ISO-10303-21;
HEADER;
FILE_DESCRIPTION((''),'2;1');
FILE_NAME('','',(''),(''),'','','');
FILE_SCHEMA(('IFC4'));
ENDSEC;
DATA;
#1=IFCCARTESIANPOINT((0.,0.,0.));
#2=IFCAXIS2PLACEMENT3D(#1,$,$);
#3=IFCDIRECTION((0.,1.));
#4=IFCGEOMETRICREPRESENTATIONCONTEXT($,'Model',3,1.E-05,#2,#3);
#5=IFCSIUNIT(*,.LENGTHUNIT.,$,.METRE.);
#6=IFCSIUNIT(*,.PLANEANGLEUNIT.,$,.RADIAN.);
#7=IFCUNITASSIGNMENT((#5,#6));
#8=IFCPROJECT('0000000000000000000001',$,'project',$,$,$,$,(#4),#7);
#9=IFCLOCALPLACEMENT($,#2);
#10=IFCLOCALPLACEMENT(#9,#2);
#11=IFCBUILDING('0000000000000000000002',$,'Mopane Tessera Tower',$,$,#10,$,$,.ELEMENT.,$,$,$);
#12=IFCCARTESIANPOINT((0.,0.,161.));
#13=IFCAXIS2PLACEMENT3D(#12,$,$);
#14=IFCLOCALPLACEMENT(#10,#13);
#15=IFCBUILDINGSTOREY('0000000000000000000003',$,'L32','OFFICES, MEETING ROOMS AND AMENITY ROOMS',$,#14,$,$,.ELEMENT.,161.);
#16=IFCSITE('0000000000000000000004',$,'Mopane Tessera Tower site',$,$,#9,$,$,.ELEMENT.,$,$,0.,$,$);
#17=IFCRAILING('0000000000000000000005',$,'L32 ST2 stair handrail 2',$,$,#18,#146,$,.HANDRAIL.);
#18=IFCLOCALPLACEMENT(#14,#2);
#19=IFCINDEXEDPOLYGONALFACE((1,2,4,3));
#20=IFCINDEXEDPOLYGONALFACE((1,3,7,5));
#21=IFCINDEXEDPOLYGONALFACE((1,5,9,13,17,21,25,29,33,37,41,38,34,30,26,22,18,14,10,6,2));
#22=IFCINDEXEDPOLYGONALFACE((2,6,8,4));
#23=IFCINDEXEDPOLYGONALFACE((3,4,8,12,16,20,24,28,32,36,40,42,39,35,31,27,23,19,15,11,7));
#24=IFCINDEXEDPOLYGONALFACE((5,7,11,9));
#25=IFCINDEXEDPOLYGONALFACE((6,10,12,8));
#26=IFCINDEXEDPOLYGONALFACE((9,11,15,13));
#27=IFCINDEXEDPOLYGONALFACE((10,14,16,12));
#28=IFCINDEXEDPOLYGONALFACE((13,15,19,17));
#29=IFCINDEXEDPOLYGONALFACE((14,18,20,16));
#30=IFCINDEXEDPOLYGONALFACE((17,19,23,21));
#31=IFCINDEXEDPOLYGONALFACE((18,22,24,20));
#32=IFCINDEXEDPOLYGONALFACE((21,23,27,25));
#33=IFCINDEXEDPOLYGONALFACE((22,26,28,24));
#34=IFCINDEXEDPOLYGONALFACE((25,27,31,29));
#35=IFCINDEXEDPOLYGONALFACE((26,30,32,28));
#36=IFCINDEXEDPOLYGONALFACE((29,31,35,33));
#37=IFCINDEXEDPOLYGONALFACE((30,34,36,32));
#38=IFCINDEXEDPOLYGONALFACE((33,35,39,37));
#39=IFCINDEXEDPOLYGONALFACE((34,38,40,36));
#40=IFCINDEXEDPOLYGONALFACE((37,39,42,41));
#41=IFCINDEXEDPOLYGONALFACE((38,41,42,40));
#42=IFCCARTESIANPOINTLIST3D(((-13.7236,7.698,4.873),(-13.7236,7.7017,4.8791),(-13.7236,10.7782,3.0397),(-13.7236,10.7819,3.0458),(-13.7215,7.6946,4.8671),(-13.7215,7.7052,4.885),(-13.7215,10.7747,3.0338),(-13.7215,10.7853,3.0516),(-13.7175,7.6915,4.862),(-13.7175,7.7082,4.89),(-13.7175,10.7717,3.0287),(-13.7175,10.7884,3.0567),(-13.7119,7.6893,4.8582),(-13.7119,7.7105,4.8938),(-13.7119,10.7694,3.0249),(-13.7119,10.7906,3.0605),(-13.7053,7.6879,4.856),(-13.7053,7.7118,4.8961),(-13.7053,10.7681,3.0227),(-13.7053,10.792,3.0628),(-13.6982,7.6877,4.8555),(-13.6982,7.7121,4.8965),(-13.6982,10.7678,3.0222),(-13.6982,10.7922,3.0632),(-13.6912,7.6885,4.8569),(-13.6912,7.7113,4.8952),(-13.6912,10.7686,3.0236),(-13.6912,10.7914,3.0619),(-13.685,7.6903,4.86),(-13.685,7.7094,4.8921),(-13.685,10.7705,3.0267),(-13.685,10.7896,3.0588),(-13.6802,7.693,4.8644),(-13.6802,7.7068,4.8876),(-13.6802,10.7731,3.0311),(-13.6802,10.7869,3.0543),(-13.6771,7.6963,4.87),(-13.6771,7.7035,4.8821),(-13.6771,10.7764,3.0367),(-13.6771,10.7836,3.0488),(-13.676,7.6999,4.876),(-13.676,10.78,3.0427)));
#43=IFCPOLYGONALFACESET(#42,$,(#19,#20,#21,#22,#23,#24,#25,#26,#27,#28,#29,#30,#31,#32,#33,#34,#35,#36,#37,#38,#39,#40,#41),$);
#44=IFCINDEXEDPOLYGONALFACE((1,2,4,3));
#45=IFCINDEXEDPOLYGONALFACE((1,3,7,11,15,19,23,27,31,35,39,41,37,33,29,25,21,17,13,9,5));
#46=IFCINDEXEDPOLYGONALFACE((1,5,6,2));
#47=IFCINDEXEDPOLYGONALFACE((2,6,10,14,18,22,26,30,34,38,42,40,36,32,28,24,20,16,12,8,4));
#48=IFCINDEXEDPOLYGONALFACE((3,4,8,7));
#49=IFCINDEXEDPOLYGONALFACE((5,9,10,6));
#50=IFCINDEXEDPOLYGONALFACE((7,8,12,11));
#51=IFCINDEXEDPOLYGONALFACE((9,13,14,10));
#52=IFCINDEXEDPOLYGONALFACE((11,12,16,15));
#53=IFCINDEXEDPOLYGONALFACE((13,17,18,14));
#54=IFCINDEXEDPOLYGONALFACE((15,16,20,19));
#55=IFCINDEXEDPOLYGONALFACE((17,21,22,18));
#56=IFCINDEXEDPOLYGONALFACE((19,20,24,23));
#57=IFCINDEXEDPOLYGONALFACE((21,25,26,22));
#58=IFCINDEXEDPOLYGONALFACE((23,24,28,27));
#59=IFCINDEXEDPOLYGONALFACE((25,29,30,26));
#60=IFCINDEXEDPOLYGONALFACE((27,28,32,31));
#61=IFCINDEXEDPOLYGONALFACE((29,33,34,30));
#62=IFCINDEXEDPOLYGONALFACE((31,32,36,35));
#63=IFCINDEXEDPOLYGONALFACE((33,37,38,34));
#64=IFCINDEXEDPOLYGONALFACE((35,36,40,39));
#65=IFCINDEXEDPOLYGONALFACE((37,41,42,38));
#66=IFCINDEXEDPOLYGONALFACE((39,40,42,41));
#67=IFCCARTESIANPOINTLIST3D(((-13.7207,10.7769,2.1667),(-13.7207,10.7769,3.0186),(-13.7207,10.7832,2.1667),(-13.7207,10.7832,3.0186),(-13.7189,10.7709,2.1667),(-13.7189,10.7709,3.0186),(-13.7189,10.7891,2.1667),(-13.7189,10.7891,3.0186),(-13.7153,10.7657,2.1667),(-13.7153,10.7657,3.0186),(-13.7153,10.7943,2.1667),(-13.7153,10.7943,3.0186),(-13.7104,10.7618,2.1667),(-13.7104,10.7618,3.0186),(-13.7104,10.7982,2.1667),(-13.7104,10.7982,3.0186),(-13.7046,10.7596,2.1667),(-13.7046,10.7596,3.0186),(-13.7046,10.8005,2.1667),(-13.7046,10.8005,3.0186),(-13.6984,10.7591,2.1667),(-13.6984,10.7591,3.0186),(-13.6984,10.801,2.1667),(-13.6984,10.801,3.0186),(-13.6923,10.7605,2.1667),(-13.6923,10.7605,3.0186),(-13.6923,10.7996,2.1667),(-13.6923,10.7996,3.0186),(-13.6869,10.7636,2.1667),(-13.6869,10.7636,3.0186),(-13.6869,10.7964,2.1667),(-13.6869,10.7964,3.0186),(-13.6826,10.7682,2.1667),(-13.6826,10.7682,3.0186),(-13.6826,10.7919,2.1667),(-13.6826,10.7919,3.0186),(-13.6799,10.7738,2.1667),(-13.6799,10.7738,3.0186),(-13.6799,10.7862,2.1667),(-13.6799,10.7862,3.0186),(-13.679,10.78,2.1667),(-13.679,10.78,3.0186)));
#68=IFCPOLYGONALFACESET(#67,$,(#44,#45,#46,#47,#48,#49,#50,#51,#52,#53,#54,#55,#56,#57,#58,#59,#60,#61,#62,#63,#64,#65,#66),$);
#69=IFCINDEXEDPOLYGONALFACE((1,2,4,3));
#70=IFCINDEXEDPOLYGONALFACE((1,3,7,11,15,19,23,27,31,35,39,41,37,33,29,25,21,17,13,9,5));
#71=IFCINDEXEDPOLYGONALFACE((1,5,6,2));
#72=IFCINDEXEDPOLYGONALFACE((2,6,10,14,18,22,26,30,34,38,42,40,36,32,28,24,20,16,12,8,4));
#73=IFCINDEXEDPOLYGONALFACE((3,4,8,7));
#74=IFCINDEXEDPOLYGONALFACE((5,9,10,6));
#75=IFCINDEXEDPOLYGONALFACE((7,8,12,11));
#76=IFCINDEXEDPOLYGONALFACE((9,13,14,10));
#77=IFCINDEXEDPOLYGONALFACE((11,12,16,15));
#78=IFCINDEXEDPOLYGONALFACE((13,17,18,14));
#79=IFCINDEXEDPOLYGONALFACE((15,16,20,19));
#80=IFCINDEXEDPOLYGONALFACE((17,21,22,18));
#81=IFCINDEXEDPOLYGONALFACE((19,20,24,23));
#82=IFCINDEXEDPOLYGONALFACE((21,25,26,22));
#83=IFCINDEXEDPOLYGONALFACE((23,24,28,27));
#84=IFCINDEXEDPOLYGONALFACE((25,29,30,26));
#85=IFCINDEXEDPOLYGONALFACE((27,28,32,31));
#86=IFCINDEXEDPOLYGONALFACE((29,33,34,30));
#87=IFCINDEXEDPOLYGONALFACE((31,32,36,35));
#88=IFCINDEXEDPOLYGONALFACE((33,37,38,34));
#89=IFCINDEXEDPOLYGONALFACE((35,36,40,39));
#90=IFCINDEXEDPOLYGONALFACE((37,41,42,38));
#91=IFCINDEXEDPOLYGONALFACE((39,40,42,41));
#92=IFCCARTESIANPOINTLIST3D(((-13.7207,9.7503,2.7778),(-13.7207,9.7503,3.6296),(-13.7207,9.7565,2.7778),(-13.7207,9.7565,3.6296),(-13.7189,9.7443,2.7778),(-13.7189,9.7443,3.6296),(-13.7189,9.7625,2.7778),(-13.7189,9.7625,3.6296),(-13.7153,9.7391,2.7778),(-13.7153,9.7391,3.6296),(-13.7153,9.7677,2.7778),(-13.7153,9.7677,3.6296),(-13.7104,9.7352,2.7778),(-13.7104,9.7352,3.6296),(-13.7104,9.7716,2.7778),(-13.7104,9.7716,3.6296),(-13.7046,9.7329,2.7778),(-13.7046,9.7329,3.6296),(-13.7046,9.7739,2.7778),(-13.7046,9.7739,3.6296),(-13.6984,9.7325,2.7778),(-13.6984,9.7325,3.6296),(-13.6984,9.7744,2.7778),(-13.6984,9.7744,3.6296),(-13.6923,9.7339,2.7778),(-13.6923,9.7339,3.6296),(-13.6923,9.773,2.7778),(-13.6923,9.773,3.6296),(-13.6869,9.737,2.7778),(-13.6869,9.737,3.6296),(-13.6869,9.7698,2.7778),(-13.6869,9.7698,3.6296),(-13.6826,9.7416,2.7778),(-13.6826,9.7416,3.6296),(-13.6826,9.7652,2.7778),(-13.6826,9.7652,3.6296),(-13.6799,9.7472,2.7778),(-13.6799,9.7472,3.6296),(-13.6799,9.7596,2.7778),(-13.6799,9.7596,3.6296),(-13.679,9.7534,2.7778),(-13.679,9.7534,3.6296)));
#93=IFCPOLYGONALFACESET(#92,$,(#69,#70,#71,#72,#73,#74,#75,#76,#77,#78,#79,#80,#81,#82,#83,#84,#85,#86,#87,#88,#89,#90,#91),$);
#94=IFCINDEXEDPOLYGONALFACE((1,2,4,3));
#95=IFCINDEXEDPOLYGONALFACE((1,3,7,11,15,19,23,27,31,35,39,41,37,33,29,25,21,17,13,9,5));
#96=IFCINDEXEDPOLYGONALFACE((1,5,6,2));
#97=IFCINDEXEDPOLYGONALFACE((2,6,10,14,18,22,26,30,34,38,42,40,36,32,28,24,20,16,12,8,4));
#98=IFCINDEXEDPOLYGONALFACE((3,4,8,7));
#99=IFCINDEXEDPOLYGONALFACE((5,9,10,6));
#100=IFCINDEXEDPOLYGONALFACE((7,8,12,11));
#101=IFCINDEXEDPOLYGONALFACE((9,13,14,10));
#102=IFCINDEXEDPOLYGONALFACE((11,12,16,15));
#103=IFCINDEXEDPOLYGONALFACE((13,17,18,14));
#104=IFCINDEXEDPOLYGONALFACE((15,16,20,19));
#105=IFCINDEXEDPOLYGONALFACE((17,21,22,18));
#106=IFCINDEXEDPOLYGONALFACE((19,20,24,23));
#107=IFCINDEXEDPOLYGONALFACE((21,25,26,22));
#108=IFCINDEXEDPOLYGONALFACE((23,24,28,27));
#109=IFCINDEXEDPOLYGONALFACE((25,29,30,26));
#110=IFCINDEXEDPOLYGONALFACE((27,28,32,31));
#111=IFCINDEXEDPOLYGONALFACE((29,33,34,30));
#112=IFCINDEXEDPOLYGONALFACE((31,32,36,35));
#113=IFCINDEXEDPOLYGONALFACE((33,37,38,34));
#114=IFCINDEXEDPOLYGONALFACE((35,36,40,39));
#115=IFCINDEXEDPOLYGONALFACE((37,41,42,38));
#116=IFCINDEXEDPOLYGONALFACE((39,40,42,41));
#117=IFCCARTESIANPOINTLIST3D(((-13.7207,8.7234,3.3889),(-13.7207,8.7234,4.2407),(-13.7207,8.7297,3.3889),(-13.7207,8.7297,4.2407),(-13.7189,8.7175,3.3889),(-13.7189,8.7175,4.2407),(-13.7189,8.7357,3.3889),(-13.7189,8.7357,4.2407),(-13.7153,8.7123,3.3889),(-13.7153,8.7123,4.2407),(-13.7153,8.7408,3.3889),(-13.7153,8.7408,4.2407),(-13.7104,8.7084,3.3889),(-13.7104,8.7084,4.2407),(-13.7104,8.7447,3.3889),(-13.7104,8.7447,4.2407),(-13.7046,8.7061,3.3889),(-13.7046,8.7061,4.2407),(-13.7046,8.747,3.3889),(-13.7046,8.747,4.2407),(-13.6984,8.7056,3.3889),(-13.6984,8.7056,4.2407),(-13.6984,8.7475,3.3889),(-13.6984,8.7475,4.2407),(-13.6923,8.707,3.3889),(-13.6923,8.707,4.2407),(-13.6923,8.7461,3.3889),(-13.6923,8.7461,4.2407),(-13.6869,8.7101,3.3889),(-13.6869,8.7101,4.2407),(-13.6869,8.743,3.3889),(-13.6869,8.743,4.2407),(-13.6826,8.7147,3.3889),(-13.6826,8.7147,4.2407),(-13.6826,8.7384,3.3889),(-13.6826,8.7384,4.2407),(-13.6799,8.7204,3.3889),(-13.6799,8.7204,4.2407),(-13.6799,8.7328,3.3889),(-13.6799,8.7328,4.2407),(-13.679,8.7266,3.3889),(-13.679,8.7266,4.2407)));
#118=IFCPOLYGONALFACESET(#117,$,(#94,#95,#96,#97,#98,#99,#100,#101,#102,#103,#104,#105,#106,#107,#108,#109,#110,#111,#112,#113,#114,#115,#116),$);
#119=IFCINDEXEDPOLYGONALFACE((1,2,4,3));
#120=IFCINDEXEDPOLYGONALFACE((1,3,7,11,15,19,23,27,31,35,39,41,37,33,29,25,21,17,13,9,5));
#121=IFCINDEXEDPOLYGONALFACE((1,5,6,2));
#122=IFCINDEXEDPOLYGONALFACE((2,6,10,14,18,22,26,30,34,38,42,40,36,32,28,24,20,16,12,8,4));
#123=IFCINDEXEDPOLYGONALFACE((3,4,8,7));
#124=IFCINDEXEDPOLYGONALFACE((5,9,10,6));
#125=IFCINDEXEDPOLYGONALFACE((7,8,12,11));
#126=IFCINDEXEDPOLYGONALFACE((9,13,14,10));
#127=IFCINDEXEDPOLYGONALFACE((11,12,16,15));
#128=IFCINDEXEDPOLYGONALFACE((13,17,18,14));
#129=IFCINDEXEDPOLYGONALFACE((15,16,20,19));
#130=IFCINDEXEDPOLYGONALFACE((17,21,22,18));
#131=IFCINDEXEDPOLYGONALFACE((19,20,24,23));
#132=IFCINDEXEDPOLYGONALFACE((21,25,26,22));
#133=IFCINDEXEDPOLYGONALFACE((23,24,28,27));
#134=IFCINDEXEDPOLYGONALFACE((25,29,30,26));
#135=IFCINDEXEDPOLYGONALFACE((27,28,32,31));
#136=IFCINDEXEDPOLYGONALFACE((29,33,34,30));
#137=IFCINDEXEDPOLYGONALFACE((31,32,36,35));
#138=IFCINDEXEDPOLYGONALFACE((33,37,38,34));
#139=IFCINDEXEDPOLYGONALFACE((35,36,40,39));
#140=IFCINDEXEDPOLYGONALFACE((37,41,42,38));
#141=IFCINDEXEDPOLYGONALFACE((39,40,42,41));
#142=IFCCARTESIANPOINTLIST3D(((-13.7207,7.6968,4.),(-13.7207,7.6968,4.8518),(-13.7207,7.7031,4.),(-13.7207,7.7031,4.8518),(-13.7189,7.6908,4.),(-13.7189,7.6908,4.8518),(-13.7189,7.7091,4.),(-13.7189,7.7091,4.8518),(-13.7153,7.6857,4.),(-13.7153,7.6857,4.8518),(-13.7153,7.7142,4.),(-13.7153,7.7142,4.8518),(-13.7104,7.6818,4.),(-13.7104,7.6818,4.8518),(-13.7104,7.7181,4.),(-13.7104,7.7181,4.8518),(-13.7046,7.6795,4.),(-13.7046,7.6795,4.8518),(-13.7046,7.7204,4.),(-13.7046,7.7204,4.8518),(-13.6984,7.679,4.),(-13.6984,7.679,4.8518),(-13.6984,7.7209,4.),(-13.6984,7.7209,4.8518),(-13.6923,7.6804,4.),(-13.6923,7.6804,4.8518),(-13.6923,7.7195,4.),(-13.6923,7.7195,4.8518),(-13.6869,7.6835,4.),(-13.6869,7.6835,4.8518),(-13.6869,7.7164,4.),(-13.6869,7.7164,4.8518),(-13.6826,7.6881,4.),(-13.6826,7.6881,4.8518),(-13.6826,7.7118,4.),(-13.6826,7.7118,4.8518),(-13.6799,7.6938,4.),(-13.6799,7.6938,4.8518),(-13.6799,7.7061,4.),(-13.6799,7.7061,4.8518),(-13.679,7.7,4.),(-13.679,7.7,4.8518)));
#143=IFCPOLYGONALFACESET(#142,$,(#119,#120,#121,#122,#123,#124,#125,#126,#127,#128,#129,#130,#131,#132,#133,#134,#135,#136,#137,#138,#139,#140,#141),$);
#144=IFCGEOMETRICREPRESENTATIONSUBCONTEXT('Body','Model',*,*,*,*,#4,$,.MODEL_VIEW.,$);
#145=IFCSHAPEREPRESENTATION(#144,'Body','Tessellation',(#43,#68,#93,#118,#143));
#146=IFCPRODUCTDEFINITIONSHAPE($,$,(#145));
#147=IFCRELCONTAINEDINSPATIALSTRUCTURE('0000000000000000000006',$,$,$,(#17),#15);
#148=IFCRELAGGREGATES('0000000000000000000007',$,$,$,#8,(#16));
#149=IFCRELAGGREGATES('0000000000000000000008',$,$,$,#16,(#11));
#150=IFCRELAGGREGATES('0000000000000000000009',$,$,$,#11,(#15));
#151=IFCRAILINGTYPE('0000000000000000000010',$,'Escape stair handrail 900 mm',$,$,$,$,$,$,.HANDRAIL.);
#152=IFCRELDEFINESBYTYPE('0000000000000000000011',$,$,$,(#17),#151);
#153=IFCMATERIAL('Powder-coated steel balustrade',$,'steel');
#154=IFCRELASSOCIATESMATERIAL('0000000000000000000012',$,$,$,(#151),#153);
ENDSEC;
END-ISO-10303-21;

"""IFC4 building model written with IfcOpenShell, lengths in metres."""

from ifc_helpers import new_model, si_unit, direction, frame, origin, origin_2d, place, context, subcontext, project, spatial, circle, extrude, material, type_object, element, save


model = new_model("IFC4")

# Units and contexts
model_context = context("Model", 3, precision=1e-05, world=origin(), true_north=direction((0.0, 1.0)))
body_context = subcontext(model_context, "Body", "Model", "MODEL_VIEW")
ifc_project = project(units=[si_unit("LENGTHUNIT", "METRE"), si_unit("PLANEANGLEUNIT", "RADIAN")], contexts=[model_context])

# Site, building, storey
site_placement = place(None, origin())
site = spatial("IfcSite", under=ifc_project, at=site_placement, Name="Mopane Tessera Tower site", CompositionType="ELEMENT", RefElevation=0.0)
building_placement = place(site_placement, origin())
building = spatial("IfcBuilding", under=site, at=building_placement, Name="Mopane Tessera Tower", CompositionType="ELEMENT")
storey_placement = place(building_placement, frame((0.0, 0.0, 161.0)))
storey = spatial("IfcBuildingStorey", under=building, at=storey_placement, Name="L32", Description="OFFICES, MEETING ROOMS AND AMENITY ROOMS", CompositionType="ELEMENT", Elevation=161.0)

# Railing
ifc_material_1 = material(Name="Powder-coated steel balustrade", Category="steel")
railing_type_1 = type_object("IfcRailingType", Name="Escape stair handrail 900 mm", PredefinedType="HANDRAIL", material=ifc_material_1)
railing_1_placement = place(storey_placement, frame((-13.7, 10.78, 2.1667)))
element("IfcRailing", 1, at=railing_1_placement, inside=storey, type_object=railing_type_1, Name="L32 ST2 stair handrail 2", PredefinedType="HANDRAIL", context=body_context, shape_type="SweptSolid", body=[
    extrude(circle(Radius=0.0239, at=origin_2d()), frame((0.0, 0.0, 0.876), z_axis=(0.0, -0.859309, 0.511458), x_axis=(1.0, 0.0, 0.0)), (0.0, 0.0, 1.0), 3.5845),
    extrude(circle(Radius=0.021, at=origin_2d()), origin(), (0.0, 0.0, 1.0), 0.8518),
    extrude(circle(Radius=0.021, at=origin_2d()), frame((0.0, -1.0266, 0.6111)), (0.0, 0.0, 1.0), 0.8518),
    extrude(circle(Radius=0.021, at=origin_2d()), frame((0.0, -2.0535, 1.2222)), (0.0, 0.0, 1.0), 0.8518),
    extrude(circle(Radius=0.021, at=origin_2d()), frame((0.0, -3.0801, 1.8333)), (0.0, 0.0, 1.0), 0.8518),
])

save(model, "model.ifc")
